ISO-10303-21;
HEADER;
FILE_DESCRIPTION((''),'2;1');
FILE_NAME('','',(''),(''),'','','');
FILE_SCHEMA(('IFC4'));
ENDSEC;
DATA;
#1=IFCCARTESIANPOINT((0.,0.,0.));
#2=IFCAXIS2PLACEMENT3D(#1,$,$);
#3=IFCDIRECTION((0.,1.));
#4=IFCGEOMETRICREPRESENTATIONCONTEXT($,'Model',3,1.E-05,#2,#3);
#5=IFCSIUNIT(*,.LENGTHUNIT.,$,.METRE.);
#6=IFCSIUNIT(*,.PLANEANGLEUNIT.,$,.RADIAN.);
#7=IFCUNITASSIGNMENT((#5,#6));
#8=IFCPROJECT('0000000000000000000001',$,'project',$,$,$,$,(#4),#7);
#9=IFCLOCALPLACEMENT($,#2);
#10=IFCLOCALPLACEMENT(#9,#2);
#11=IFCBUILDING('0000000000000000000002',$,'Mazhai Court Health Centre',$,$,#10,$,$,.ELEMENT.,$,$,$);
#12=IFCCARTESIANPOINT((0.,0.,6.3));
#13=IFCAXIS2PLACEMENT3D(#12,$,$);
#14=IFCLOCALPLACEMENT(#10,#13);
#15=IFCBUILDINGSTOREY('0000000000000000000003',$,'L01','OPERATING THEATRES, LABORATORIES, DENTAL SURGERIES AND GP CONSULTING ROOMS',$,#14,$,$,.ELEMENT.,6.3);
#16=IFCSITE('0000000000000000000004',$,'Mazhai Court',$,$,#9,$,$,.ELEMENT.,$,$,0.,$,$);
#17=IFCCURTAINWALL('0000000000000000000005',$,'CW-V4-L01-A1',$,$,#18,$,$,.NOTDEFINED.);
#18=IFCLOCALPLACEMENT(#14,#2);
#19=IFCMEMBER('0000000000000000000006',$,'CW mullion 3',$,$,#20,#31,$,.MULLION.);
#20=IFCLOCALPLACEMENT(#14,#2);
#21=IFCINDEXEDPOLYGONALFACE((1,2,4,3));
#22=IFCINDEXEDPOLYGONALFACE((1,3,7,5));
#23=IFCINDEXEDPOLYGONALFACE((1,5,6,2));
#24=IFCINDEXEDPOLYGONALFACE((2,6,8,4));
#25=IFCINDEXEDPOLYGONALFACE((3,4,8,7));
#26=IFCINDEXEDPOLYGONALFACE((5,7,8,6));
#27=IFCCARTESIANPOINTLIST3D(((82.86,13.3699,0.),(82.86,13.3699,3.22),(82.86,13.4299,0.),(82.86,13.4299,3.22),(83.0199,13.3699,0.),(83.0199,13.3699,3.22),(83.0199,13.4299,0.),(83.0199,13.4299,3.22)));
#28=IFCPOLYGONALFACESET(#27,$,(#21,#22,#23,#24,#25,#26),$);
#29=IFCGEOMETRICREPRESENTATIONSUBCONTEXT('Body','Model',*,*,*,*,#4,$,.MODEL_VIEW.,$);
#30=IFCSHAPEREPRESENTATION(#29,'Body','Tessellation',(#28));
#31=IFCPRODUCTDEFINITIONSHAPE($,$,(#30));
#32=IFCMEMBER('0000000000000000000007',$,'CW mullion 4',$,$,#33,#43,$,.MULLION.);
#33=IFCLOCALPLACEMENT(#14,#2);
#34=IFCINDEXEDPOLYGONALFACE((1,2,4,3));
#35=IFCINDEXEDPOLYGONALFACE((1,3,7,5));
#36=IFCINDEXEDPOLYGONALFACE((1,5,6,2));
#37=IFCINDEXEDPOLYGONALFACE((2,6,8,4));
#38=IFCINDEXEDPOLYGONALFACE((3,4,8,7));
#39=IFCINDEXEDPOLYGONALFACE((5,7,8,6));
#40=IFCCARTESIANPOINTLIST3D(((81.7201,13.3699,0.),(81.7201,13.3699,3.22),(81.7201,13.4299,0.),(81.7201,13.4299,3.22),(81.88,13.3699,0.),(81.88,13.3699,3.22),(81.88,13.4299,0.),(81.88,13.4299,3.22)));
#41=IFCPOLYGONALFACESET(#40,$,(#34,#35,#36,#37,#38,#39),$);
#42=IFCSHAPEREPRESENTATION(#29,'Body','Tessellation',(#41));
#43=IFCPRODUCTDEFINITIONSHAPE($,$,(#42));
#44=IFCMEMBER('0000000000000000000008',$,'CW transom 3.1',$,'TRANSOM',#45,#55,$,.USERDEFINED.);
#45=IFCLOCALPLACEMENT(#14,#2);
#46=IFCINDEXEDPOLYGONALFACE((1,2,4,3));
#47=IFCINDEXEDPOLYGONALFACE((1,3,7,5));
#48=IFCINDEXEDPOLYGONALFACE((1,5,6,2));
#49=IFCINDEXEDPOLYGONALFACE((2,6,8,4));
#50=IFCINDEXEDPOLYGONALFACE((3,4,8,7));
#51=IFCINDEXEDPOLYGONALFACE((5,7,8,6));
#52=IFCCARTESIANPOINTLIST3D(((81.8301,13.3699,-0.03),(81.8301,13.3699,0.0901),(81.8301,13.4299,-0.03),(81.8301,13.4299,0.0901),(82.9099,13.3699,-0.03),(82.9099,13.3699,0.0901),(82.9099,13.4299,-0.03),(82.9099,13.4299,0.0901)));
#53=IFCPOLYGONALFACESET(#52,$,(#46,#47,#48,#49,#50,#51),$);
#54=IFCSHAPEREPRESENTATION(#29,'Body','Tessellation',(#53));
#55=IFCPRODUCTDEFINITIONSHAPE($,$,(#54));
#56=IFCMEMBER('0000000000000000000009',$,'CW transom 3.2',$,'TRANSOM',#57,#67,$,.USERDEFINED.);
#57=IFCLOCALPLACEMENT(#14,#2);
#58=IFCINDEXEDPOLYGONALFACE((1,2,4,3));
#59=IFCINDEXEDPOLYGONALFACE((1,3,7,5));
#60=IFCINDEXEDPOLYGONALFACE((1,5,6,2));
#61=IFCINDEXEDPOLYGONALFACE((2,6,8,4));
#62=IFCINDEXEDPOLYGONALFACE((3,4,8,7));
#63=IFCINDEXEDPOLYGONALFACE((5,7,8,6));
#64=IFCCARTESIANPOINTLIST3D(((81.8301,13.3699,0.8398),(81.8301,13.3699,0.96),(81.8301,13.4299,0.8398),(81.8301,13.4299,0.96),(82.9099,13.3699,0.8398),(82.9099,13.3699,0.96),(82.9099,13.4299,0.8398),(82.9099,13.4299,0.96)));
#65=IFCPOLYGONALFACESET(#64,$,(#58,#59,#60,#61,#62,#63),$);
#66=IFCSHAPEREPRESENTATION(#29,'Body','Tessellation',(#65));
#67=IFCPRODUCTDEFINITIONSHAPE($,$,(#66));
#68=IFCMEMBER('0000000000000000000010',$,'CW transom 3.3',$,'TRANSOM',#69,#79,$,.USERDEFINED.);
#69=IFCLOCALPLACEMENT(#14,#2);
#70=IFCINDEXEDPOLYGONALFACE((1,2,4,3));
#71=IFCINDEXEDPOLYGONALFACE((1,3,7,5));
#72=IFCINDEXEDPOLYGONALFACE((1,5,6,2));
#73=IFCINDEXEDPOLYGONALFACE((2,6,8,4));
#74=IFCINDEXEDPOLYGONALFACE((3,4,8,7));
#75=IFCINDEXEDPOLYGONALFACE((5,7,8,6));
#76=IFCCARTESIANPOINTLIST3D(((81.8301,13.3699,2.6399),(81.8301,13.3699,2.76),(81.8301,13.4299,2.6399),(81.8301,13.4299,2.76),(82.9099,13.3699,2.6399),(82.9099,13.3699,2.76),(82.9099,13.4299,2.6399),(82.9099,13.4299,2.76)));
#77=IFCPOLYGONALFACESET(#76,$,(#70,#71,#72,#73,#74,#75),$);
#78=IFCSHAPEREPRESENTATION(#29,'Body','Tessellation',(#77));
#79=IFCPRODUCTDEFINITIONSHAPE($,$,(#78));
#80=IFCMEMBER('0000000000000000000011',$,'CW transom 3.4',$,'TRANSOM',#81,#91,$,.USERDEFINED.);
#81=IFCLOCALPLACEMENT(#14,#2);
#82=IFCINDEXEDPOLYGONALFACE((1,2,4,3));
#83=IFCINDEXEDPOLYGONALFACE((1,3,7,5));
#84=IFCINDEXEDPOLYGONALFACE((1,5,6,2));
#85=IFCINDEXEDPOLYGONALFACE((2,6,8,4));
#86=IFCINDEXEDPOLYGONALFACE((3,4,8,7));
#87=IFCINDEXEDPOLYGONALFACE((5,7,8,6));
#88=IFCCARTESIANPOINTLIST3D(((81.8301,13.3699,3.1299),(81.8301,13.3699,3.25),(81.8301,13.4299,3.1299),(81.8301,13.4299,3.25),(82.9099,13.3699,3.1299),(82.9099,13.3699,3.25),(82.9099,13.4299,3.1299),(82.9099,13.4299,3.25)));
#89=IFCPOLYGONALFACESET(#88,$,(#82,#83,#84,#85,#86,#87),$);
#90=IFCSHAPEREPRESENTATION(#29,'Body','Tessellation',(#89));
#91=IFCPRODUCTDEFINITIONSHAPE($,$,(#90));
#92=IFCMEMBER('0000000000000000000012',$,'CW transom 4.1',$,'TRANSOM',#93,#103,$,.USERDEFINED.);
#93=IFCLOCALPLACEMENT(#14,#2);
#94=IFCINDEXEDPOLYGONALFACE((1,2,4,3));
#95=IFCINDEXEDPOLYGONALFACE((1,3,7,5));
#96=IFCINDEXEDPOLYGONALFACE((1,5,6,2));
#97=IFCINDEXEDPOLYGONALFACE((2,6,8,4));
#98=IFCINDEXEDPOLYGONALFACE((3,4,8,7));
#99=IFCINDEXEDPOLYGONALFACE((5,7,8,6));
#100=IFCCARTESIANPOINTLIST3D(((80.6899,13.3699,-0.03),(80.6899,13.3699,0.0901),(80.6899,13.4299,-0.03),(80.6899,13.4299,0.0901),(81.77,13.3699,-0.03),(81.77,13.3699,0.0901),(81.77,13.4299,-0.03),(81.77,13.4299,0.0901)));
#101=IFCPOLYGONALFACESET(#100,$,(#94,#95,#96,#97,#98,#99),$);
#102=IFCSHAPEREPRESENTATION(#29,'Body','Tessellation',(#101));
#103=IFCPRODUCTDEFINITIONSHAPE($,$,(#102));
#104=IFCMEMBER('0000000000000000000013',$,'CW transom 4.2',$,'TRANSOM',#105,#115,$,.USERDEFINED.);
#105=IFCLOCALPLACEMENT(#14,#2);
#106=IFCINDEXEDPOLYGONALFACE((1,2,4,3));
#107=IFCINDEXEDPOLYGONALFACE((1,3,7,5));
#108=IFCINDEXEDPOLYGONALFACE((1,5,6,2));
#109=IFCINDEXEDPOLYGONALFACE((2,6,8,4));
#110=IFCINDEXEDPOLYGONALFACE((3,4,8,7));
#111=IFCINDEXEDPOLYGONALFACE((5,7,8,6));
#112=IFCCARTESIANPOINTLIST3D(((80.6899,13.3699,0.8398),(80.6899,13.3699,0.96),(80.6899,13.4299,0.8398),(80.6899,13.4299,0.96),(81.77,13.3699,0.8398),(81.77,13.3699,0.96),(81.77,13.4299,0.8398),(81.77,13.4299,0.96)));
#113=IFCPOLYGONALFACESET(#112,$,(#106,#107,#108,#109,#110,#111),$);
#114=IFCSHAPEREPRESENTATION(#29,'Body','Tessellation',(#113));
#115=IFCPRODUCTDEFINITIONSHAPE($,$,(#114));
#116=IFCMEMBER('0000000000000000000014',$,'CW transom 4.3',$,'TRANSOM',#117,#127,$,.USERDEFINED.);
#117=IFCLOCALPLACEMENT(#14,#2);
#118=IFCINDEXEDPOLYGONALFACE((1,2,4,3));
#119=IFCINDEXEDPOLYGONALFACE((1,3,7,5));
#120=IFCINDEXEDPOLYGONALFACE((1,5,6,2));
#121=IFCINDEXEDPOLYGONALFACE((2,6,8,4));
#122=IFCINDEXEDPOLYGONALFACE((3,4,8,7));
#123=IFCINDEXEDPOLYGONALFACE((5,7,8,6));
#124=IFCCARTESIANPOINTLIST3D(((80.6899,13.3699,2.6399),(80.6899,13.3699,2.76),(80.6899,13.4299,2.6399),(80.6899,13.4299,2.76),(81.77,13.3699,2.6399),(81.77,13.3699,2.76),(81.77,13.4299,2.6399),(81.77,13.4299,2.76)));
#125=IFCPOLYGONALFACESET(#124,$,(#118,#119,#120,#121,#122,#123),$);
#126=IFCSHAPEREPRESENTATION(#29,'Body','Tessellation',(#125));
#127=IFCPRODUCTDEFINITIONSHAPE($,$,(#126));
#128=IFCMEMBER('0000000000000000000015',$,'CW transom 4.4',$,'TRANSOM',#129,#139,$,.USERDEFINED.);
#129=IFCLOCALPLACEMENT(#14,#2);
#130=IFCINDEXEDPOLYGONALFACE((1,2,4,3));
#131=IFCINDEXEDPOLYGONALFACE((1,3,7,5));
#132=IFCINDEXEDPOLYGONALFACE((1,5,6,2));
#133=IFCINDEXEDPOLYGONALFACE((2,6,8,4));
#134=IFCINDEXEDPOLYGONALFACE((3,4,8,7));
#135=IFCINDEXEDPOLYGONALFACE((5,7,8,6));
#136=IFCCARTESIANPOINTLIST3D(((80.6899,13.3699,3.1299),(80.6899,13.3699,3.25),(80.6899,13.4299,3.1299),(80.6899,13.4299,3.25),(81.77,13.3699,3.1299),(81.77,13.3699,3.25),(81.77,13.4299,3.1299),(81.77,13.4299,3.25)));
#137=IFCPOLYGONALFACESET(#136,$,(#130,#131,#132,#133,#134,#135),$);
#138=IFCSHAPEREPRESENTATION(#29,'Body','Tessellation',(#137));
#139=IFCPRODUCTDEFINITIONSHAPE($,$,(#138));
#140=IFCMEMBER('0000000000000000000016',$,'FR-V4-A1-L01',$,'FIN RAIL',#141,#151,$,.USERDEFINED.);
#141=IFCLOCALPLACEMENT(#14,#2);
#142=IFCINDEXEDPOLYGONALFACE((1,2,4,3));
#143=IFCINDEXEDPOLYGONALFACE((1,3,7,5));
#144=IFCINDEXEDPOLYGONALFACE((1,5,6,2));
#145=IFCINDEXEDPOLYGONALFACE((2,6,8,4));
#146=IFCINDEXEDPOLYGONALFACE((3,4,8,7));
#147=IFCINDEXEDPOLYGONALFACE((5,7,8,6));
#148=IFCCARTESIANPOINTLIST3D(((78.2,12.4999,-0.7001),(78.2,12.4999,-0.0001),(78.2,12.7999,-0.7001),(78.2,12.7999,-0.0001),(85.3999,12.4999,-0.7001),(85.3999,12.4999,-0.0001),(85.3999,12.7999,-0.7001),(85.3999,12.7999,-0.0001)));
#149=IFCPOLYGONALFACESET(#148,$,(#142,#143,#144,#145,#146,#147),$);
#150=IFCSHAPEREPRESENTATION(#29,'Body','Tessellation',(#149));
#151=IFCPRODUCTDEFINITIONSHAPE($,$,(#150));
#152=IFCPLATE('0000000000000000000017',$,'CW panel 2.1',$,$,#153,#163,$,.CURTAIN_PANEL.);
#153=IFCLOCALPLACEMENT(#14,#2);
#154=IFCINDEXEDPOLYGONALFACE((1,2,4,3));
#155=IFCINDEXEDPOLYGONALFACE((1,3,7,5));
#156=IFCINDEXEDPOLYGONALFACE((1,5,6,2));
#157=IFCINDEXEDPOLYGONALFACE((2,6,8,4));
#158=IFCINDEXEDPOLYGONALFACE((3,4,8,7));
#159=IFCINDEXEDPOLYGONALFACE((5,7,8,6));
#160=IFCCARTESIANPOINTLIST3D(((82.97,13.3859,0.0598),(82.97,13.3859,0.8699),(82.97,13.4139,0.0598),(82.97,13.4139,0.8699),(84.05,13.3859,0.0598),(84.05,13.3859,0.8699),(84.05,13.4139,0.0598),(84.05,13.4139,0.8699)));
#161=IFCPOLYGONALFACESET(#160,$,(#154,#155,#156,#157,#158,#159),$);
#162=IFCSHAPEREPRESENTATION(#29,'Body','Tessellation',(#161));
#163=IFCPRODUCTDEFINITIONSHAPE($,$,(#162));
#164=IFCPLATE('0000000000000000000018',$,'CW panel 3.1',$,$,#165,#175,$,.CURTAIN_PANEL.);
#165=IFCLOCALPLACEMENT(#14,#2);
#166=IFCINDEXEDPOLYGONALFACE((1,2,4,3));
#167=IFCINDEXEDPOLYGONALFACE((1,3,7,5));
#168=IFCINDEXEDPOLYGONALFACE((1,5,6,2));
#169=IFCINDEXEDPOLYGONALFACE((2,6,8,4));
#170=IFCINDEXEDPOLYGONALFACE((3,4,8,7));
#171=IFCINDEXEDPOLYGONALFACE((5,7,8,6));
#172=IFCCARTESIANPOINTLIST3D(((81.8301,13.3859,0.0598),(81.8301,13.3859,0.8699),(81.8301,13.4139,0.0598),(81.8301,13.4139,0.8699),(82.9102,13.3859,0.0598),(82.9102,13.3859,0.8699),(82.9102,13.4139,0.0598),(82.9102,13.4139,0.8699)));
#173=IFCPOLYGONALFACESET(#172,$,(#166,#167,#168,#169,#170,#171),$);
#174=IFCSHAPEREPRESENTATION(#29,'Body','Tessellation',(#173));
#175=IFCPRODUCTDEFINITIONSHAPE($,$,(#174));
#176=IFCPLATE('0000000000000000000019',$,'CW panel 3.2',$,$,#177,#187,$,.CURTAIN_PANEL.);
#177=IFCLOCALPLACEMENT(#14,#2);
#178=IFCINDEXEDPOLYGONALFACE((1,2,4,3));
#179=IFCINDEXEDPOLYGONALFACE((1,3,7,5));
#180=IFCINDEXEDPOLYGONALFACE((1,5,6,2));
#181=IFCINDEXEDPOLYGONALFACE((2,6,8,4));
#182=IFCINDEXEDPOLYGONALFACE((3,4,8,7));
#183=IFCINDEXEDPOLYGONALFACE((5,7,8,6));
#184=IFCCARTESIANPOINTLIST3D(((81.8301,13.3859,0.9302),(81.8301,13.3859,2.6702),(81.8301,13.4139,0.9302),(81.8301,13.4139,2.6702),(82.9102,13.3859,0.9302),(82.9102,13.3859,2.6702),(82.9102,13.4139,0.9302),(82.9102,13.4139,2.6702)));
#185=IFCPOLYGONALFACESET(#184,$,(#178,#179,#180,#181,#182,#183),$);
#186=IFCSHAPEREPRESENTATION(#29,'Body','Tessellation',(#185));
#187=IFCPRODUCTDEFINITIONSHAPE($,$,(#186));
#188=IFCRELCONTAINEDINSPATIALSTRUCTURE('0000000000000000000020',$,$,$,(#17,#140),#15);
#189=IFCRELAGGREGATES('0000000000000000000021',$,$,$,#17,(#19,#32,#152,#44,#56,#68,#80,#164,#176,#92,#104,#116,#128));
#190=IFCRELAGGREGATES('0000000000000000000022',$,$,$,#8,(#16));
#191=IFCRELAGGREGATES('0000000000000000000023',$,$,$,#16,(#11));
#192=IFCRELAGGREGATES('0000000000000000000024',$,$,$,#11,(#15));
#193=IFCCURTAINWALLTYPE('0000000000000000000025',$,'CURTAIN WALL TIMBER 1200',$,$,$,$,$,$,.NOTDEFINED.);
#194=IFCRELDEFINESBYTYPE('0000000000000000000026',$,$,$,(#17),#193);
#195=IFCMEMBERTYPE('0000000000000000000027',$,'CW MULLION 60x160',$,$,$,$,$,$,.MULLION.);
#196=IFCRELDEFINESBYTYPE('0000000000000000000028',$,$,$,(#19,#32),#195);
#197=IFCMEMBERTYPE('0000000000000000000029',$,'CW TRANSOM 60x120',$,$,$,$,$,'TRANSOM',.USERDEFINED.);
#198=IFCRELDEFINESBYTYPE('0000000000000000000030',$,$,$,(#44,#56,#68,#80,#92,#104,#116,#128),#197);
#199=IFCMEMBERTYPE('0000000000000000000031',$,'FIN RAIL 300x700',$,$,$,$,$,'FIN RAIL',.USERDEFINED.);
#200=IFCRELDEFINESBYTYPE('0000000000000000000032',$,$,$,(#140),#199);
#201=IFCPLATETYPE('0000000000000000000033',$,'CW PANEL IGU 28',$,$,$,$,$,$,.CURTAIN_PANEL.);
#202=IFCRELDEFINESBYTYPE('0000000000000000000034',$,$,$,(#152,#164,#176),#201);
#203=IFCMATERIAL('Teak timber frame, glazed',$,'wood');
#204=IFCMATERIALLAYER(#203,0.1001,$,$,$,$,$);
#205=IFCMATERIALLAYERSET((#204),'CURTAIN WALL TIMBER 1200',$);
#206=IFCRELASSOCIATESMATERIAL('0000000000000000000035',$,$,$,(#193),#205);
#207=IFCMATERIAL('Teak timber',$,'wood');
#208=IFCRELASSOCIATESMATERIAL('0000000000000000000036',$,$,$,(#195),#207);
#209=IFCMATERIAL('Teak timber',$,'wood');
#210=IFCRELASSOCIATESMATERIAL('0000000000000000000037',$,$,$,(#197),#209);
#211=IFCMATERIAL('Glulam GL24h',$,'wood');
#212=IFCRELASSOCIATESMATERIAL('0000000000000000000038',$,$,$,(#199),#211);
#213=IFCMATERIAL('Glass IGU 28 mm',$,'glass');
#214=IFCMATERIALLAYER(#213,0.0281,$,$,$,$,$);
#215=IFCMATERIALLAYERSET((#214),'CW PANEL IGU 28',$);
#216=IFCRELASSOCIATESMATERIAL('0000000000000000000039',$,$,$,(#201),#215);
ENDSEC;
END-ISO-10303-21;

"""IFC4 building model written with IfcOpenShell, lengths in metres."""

from ifc_helpers import new_model, si_unit, direction, frame, origin, origin_2d, place, context, subcontext, project, spatial, rectangle, extrude, material, layer, layer_set, material_profile, profile_set, type_object, element, aggregate, save


model = new_model("IFC4")

# Units and contexts
model_context = context("Model", 3, precision=1e-05, world=origin(), true_north=direction((0.0, 1.0)))
body_context = subcontext(model_context, "Body", "Model", "MODEL_VIEW")
ifc_project = project(units=[si_unit("LENGTHUNIT", "METRE"), si_unit("PLANEANGLEUNIT", "RADIAN")], contexts=[model_context])

# Site, building, storey
site_placement = place(None, origin())
site = spatial("IfcSite", under=ifc_project, at=site_placement, Name="Mazhai Court", CompositionType="ELEMENT", RefElevation=0.0)
building_placement = place(site_placement, origin())
building = spatial("IfcBuilding", under=site, at=building_placement, Name="Mazhai Court Health Centre", CompositionType="ELEMENT")
storey_placement = place(building_placement, frame((0.0, 0.0, 6.3)))
storey = spatial("IfcBuildingStorey", under=building, at=storey_placement, Name="L01", Description="OPERATING THEATRES, LABORATORIES, DENTAL SURGERIES AND GP CONSULTING ROOMS", CompositionType="ELEMENT", Elevation=6.3)

# Curtain wall, members
ifc_material_1 = material(Name="Teak timber frame, glazed", Category="wood")
ifc_layer_1 = layer(ifc_material_1, 0.1001)
ifc_layer_set_1 = layer_set([ifc_layer_1], Name="CURTAIN WALL TIMBER 1200")
curtain_wall_type = type_object("IfcCurtainWallType", Name="CURTAIN WALL TIMBER 1200", PredefinedType="NOTDEFINED", material=ifc_layer_set_1)
curtain_wall_placement = place(storey_placement, origin())
curtain_wall = element("IfcCurtainWall", 1, at=curtain_wall_placement, inside=storey, type_object=curtain_wall_type, Name="CW-V4-L01-A1", PredefinedType="NOTDEFINED")
ifc_material_2 = material(Name="Teak timber", Category="wood")
ifc_material_profile_1 = material_profile(ifc_material_2, rectangle(XDim=0.0601, YDim=0.1599, at=origin_2d()), Name="CW MULLION 60x160")
ifc_profile_set_1 = profile_set([ifc_material_profile_1], Name="Teak timber")
member_type_1 = type_object("IfcMemberType", Name="CW MULLION 60x160", PredefinedType="MULLION", material=ifc_profile_set_1)
member_1_placement = place(storey_placement, frame((82.9399, 13.3999, 0.0), z_axis=(0.0, 0.0, 1.0), x_axis=(0.0, -1.0, 0.0)))
member_1 = element("IfcMember", 2, at=member_1_placement, type_object=member_type_1, Name="CW mullion 3", PredefinedType="MULLION", context=body_context, shape_type="SweptSolid", body=[
    extrude(rectangle(XDim=0.0601, YDim=0.1599, at=origin_2d()), origin(), (0.0, 0.0, 1.0), 3.22),
])
member_2_placement = place(storey_placement, frame((81.8, 13.3999, 0.0), z_axis=(0.0, 0.0, 1.0), x_axis=(0.0, -1.0, 0.0)))
member_2 = element("IfcMember", 3, at=member_2_placement, type_object=member_type_1, Name="CW mullion 4", PredefinedType="MULLION", context=body_context, shape_type="SweptSolid", body=[
    extrude(rectangle(XDim=0.0601, YDim=0.1599, at=origin_2d()), origin(), (0.0, 0.0, 1.0), 3.22),
])
ifc_material_3 = material(Name="Teak timber", Category="wood")
ifc_material_profile_2 = material_profile(ifc_material_3, rectangle(XDim=0.0601, YDim=0.1201, at=origin_2d()), Name="CW TRANSOM 60x120")
ifc_profile_set_2 = profile_set([ifc_material_profile_2], Name="Teak timber")
member_type_2 = type_object("IfcMemberType", Name="CW TRANSOM 60x120", ElementType="TRANSOM", PredefinedType="USERDEFINED", material=ifc_profile_set_2)
member_3_placement = place(storey_placement, frame((82.9099, 13.3999, 0.03), z_axis=(-1.0, 0.0, 0.0), x_axis=(0.0, -1.0, 0.0)))
member_3 = element("IfcMember", 4, at=member_3_placement, type_object=member_type_2, Name="CW transom 3.1", ObjectType="TRANSOM", PredefinedType="USERDEFINED", context=body_context, shape_type="SweptSolid", body=[
    extrude(rectangle(XDim=0.0601, YDim=0.1201, at=origin_2d()), origin(), (0.0, 0.0, 1.0), 1.0798),
])
member_4_placement = place(storey_placement, frame((82.9099, 13.3999, 0.8999), z_axis=(-1.0, 0.0, 0.0), x_axis=(0.0, -1.0, 0.0)))
member_4 = element("IfcMember", 5, at=member_4_placement, type_object=member_type_2, Name="CW transom 3.2", ObjectType="TRANSOM", PredefinedType="USERDEFINED", context=body_context, shape_type="SweptSolid", body=[
    extrude(rectangle(XDim=0.0601, YDim=0.1201, at=origin_2d()), origin(), (0.0, 0.0, 1.0), 1.0798),
])
member_5_placement = place(storey_placement, frame((82.9099, 13.3999, 2.7), z_axis=(-1.0, 0.0, 0.0), x_axis=(0.0, -1.0, 0.0)))
member_5 = element("IfcMember", 6, at=member_5_placement, type_object=member_type_2, Name="CW transom 3.3", ObjectType="TRANSOM", PredefinedType="USERDEFINED", context=body_context, shape_type="SweptSolid", body=[
    extrude(rectangle(XDim=0.0601, YDim=0.1201, at=origin_2d()), origin(), (0.0, 0.0, 1.0), 1.0798),
])
member_6_placement = place(storey_placement, frame((82.9099, 13.3999, 3.1899), z_axis=(-1.0, 0.0, 0.0), x_axis=(0.0, -1.0, 0.0)))
member_6 = element("IfcMember", 7, at=member_6_placement, type_object=member_type_2, Name="CW transom 3.4", ObjectType="TRANSOM", PredefinedType="USERDEFINED", context=body_context, shape_type="SweptSolid", body=[
    extrude(rectangle(XDim=0.0601, YDim=0.1201, at=origin_2d()), origin(), (0.0, 0.0, 1.0), 1.0798),
])
member_7_placement = place(storey_placement, frame((81.77, 13.3999, 0.03), z_axis=(-1.0, 0.0, 0.0), x_axis=(0.0, -1.0, 0.0)))
member_7 = element("IfcMember", 8, at=member_7_placement, type_object=member_type_2, Name="CW transom 4.1", ObjectType="TRANSOM", PredefinedType="USERDEFINED", context=body_context, shape_type="SweptSolid", body=[
    extrude(rectangle(XDim=0.0601, YDim=0.1201, at=origin_2d()), origin(), (0.0, 0.0, 1.0), 1.0801),
])
member_8_placement = place(storey_placement, frame((81.77, 13.3999, 0.8999), z_axis=(-1.0, 0.0, 0.0), x_axis=(0.0, -1.0, 0.0)))
member_8 = element("IfcMember", 9, at=member_8_placement, type_object=member_type_2, Name="CW transom 4.2", ObjectType="TRANSOM", PredefinedType="USERDEFINED", context=body_context, shape_type="SweptSolid", body=[
    extrude(rectangle(XDim=0.0601, YDim=0.1201, at=origin_2d()), origin(), (0.0, 0.0, 1.0), 1.0801),
])
member_9_placement = place(storey_placement, frame((81.77, 13.3999, 2.7), z_axis=(-1.0, 0.0, 0.0), x_axis=(0.0, -1.0, 0.0)))
member_9 = element("IfcMember", 10, at=member_9_placement, type_object=member_type_2, Name="CW transom 4.3", ObjectType="TRANSOM", PredefinedType="USERDEFINED", context=body_context, shape_type="SweptSolid", body=[
    extrude(rectangle(XDim=0.0601, YDim=0.1201, at=origin_2d()), origin(), (0.0, 0.0, 1.0), 1.0801),
])
member_10_placement = place(storey_placement, frame((81.77, 13.3999, 3.1899), z_axis=(-1.0, 0.0, 0.0), x_axis=(0.0, -1.0, 0.0)))
member_10 = element("IfcMember", 11, at=member_10_placement, type_object=member_type_2, Name="CW transom 4.4", ObjectType="TRANSOM", PredefinedType="USERDEFINED", context=body_context, shape_type="SweptSolid", body=[
    extrude(rectangle(XDim=0.0601, YDim=0.1201, at=origin_2d()), origin(), (0.0, 0.0, 1.0), 1.0801),
])

# Member
ifc_material_4 = material(Name="Glulam GL24h", Category="wood")
ifc_material_profile_3 = material_profile(ifc_material_4, rectangle(XDim=0.3, YDim=0.7, at=origin_2d()), Name="FIN RAIL 300x700")
ifc_profile_set_3 = profile_set([ifc_material_profile_3], Name="Glulam GL24h")
member_type_3 = type_object("IfcMemberType", Name="FIN RAIL 300x700", ElementType="FIN RAIL", PredefinedType="USERDEFINED", material=ifc_profile_set_3)
member_11_placement = place(storey_placement, frame((85.3999, 12.6499, -0.3501), z_axis=(-1.0, 0.0, 0.0), x_axis=(0.0, -1.0, 0.0)))
element("IfcMember", 12, at=member_11_placement, inside=storey, type_object=member_type_3, Name="FR-V4-A1-L01", ObjectType="FIN RAIL", PredefinedType="USERDEFINED", context=body_context, shape_type="SweptSolid", body=[
    extrude(rectangle(XDim=0.3, YDim=0.7, at=origin_2d()), origin(), (0.0, 0.0, 1.0), 7.2),
])

# Plates
ifc_material_5 = material(Name="Glass IGU 28 mm", Category="glass")
ifc_layer_2 = layer(ifc_material_5, 0.0281)
ifc_layer_set_2 = layer_set([ifc_layer_2], Name="CW PANEL IGU 28")
plate_type = type_object("IfcPlateType", Name="CW PANEL IGU 28", PredefinedType="CURTAIN_PANEL", material=ifc_layer_set_2)
plate_1_placement = place(storey_placement, frame((83.51, 13.3999, 0.0598), z_axis=(0.0, 0.0, 1.0), x_axis=(-1.0, 0.0, 0.0)))
plate_1 = element("IfcPlate", 13, at=plate_1_placement, type_object=plate_type, Name="CW panel 2.1", PredefinedType="CURTAIN_PANEL", context=body_context, shape_type="SweptSolid", body=[
    extrude(rectangle(XDim=1.0801, YDim=0.0281, at=origin_2d()), origin(), (0.0, 0.0, 1.0), 0.8101),
])
plate_2_placement = place(storey_placement, frame((82.3701, 13.3999, 0.0598), z_axis=(0.0, 0.0, 1.0), x_axis=(-1.0, 0.0, 0.0)))
plate_2 = element("IfcPlate", 14, at=plate_2_placement, type_object=plate_type, Name="CW panel 3.1", PredefinedType="CURTAIN_PANEL", context=body_context, shape_type="SweptSolid", body=[
    extrude(rectangle(XDim=1.0801, YDim=0.0281, at=origin_2d()), origin(), (0.0, 0.0, 1.0), 0.8101),
])
plate_3_placement = place(storey_placement, frame((82.3701, 13.3999, 0.9302), z_axis=(0.0, 0.0, 1.0), x_axis=(-1.0, 0.0, 0.0)))
plate_3 = element("IfcPlate", 15, at=plate_3_placement, type_object=plate_type, Name="CW panel 3.2", PredefinedType="CURTAIN_PANEL", context=body_context, shape_type="SweptSolid", body=[
    extrude(rectangle(XDim=1.0801, YDim=0.0281, at=origin_2d()), origin(), (0.0, 0.0, 1.0), 1.74),
])
aggregate(curtain_wall, [member_1, member_2, plate_1, member_3, member_4, member_5, member_6, plate_2, plate_3, member_7, member_8, member_9, member_10])

save(model, "model.ifc")
